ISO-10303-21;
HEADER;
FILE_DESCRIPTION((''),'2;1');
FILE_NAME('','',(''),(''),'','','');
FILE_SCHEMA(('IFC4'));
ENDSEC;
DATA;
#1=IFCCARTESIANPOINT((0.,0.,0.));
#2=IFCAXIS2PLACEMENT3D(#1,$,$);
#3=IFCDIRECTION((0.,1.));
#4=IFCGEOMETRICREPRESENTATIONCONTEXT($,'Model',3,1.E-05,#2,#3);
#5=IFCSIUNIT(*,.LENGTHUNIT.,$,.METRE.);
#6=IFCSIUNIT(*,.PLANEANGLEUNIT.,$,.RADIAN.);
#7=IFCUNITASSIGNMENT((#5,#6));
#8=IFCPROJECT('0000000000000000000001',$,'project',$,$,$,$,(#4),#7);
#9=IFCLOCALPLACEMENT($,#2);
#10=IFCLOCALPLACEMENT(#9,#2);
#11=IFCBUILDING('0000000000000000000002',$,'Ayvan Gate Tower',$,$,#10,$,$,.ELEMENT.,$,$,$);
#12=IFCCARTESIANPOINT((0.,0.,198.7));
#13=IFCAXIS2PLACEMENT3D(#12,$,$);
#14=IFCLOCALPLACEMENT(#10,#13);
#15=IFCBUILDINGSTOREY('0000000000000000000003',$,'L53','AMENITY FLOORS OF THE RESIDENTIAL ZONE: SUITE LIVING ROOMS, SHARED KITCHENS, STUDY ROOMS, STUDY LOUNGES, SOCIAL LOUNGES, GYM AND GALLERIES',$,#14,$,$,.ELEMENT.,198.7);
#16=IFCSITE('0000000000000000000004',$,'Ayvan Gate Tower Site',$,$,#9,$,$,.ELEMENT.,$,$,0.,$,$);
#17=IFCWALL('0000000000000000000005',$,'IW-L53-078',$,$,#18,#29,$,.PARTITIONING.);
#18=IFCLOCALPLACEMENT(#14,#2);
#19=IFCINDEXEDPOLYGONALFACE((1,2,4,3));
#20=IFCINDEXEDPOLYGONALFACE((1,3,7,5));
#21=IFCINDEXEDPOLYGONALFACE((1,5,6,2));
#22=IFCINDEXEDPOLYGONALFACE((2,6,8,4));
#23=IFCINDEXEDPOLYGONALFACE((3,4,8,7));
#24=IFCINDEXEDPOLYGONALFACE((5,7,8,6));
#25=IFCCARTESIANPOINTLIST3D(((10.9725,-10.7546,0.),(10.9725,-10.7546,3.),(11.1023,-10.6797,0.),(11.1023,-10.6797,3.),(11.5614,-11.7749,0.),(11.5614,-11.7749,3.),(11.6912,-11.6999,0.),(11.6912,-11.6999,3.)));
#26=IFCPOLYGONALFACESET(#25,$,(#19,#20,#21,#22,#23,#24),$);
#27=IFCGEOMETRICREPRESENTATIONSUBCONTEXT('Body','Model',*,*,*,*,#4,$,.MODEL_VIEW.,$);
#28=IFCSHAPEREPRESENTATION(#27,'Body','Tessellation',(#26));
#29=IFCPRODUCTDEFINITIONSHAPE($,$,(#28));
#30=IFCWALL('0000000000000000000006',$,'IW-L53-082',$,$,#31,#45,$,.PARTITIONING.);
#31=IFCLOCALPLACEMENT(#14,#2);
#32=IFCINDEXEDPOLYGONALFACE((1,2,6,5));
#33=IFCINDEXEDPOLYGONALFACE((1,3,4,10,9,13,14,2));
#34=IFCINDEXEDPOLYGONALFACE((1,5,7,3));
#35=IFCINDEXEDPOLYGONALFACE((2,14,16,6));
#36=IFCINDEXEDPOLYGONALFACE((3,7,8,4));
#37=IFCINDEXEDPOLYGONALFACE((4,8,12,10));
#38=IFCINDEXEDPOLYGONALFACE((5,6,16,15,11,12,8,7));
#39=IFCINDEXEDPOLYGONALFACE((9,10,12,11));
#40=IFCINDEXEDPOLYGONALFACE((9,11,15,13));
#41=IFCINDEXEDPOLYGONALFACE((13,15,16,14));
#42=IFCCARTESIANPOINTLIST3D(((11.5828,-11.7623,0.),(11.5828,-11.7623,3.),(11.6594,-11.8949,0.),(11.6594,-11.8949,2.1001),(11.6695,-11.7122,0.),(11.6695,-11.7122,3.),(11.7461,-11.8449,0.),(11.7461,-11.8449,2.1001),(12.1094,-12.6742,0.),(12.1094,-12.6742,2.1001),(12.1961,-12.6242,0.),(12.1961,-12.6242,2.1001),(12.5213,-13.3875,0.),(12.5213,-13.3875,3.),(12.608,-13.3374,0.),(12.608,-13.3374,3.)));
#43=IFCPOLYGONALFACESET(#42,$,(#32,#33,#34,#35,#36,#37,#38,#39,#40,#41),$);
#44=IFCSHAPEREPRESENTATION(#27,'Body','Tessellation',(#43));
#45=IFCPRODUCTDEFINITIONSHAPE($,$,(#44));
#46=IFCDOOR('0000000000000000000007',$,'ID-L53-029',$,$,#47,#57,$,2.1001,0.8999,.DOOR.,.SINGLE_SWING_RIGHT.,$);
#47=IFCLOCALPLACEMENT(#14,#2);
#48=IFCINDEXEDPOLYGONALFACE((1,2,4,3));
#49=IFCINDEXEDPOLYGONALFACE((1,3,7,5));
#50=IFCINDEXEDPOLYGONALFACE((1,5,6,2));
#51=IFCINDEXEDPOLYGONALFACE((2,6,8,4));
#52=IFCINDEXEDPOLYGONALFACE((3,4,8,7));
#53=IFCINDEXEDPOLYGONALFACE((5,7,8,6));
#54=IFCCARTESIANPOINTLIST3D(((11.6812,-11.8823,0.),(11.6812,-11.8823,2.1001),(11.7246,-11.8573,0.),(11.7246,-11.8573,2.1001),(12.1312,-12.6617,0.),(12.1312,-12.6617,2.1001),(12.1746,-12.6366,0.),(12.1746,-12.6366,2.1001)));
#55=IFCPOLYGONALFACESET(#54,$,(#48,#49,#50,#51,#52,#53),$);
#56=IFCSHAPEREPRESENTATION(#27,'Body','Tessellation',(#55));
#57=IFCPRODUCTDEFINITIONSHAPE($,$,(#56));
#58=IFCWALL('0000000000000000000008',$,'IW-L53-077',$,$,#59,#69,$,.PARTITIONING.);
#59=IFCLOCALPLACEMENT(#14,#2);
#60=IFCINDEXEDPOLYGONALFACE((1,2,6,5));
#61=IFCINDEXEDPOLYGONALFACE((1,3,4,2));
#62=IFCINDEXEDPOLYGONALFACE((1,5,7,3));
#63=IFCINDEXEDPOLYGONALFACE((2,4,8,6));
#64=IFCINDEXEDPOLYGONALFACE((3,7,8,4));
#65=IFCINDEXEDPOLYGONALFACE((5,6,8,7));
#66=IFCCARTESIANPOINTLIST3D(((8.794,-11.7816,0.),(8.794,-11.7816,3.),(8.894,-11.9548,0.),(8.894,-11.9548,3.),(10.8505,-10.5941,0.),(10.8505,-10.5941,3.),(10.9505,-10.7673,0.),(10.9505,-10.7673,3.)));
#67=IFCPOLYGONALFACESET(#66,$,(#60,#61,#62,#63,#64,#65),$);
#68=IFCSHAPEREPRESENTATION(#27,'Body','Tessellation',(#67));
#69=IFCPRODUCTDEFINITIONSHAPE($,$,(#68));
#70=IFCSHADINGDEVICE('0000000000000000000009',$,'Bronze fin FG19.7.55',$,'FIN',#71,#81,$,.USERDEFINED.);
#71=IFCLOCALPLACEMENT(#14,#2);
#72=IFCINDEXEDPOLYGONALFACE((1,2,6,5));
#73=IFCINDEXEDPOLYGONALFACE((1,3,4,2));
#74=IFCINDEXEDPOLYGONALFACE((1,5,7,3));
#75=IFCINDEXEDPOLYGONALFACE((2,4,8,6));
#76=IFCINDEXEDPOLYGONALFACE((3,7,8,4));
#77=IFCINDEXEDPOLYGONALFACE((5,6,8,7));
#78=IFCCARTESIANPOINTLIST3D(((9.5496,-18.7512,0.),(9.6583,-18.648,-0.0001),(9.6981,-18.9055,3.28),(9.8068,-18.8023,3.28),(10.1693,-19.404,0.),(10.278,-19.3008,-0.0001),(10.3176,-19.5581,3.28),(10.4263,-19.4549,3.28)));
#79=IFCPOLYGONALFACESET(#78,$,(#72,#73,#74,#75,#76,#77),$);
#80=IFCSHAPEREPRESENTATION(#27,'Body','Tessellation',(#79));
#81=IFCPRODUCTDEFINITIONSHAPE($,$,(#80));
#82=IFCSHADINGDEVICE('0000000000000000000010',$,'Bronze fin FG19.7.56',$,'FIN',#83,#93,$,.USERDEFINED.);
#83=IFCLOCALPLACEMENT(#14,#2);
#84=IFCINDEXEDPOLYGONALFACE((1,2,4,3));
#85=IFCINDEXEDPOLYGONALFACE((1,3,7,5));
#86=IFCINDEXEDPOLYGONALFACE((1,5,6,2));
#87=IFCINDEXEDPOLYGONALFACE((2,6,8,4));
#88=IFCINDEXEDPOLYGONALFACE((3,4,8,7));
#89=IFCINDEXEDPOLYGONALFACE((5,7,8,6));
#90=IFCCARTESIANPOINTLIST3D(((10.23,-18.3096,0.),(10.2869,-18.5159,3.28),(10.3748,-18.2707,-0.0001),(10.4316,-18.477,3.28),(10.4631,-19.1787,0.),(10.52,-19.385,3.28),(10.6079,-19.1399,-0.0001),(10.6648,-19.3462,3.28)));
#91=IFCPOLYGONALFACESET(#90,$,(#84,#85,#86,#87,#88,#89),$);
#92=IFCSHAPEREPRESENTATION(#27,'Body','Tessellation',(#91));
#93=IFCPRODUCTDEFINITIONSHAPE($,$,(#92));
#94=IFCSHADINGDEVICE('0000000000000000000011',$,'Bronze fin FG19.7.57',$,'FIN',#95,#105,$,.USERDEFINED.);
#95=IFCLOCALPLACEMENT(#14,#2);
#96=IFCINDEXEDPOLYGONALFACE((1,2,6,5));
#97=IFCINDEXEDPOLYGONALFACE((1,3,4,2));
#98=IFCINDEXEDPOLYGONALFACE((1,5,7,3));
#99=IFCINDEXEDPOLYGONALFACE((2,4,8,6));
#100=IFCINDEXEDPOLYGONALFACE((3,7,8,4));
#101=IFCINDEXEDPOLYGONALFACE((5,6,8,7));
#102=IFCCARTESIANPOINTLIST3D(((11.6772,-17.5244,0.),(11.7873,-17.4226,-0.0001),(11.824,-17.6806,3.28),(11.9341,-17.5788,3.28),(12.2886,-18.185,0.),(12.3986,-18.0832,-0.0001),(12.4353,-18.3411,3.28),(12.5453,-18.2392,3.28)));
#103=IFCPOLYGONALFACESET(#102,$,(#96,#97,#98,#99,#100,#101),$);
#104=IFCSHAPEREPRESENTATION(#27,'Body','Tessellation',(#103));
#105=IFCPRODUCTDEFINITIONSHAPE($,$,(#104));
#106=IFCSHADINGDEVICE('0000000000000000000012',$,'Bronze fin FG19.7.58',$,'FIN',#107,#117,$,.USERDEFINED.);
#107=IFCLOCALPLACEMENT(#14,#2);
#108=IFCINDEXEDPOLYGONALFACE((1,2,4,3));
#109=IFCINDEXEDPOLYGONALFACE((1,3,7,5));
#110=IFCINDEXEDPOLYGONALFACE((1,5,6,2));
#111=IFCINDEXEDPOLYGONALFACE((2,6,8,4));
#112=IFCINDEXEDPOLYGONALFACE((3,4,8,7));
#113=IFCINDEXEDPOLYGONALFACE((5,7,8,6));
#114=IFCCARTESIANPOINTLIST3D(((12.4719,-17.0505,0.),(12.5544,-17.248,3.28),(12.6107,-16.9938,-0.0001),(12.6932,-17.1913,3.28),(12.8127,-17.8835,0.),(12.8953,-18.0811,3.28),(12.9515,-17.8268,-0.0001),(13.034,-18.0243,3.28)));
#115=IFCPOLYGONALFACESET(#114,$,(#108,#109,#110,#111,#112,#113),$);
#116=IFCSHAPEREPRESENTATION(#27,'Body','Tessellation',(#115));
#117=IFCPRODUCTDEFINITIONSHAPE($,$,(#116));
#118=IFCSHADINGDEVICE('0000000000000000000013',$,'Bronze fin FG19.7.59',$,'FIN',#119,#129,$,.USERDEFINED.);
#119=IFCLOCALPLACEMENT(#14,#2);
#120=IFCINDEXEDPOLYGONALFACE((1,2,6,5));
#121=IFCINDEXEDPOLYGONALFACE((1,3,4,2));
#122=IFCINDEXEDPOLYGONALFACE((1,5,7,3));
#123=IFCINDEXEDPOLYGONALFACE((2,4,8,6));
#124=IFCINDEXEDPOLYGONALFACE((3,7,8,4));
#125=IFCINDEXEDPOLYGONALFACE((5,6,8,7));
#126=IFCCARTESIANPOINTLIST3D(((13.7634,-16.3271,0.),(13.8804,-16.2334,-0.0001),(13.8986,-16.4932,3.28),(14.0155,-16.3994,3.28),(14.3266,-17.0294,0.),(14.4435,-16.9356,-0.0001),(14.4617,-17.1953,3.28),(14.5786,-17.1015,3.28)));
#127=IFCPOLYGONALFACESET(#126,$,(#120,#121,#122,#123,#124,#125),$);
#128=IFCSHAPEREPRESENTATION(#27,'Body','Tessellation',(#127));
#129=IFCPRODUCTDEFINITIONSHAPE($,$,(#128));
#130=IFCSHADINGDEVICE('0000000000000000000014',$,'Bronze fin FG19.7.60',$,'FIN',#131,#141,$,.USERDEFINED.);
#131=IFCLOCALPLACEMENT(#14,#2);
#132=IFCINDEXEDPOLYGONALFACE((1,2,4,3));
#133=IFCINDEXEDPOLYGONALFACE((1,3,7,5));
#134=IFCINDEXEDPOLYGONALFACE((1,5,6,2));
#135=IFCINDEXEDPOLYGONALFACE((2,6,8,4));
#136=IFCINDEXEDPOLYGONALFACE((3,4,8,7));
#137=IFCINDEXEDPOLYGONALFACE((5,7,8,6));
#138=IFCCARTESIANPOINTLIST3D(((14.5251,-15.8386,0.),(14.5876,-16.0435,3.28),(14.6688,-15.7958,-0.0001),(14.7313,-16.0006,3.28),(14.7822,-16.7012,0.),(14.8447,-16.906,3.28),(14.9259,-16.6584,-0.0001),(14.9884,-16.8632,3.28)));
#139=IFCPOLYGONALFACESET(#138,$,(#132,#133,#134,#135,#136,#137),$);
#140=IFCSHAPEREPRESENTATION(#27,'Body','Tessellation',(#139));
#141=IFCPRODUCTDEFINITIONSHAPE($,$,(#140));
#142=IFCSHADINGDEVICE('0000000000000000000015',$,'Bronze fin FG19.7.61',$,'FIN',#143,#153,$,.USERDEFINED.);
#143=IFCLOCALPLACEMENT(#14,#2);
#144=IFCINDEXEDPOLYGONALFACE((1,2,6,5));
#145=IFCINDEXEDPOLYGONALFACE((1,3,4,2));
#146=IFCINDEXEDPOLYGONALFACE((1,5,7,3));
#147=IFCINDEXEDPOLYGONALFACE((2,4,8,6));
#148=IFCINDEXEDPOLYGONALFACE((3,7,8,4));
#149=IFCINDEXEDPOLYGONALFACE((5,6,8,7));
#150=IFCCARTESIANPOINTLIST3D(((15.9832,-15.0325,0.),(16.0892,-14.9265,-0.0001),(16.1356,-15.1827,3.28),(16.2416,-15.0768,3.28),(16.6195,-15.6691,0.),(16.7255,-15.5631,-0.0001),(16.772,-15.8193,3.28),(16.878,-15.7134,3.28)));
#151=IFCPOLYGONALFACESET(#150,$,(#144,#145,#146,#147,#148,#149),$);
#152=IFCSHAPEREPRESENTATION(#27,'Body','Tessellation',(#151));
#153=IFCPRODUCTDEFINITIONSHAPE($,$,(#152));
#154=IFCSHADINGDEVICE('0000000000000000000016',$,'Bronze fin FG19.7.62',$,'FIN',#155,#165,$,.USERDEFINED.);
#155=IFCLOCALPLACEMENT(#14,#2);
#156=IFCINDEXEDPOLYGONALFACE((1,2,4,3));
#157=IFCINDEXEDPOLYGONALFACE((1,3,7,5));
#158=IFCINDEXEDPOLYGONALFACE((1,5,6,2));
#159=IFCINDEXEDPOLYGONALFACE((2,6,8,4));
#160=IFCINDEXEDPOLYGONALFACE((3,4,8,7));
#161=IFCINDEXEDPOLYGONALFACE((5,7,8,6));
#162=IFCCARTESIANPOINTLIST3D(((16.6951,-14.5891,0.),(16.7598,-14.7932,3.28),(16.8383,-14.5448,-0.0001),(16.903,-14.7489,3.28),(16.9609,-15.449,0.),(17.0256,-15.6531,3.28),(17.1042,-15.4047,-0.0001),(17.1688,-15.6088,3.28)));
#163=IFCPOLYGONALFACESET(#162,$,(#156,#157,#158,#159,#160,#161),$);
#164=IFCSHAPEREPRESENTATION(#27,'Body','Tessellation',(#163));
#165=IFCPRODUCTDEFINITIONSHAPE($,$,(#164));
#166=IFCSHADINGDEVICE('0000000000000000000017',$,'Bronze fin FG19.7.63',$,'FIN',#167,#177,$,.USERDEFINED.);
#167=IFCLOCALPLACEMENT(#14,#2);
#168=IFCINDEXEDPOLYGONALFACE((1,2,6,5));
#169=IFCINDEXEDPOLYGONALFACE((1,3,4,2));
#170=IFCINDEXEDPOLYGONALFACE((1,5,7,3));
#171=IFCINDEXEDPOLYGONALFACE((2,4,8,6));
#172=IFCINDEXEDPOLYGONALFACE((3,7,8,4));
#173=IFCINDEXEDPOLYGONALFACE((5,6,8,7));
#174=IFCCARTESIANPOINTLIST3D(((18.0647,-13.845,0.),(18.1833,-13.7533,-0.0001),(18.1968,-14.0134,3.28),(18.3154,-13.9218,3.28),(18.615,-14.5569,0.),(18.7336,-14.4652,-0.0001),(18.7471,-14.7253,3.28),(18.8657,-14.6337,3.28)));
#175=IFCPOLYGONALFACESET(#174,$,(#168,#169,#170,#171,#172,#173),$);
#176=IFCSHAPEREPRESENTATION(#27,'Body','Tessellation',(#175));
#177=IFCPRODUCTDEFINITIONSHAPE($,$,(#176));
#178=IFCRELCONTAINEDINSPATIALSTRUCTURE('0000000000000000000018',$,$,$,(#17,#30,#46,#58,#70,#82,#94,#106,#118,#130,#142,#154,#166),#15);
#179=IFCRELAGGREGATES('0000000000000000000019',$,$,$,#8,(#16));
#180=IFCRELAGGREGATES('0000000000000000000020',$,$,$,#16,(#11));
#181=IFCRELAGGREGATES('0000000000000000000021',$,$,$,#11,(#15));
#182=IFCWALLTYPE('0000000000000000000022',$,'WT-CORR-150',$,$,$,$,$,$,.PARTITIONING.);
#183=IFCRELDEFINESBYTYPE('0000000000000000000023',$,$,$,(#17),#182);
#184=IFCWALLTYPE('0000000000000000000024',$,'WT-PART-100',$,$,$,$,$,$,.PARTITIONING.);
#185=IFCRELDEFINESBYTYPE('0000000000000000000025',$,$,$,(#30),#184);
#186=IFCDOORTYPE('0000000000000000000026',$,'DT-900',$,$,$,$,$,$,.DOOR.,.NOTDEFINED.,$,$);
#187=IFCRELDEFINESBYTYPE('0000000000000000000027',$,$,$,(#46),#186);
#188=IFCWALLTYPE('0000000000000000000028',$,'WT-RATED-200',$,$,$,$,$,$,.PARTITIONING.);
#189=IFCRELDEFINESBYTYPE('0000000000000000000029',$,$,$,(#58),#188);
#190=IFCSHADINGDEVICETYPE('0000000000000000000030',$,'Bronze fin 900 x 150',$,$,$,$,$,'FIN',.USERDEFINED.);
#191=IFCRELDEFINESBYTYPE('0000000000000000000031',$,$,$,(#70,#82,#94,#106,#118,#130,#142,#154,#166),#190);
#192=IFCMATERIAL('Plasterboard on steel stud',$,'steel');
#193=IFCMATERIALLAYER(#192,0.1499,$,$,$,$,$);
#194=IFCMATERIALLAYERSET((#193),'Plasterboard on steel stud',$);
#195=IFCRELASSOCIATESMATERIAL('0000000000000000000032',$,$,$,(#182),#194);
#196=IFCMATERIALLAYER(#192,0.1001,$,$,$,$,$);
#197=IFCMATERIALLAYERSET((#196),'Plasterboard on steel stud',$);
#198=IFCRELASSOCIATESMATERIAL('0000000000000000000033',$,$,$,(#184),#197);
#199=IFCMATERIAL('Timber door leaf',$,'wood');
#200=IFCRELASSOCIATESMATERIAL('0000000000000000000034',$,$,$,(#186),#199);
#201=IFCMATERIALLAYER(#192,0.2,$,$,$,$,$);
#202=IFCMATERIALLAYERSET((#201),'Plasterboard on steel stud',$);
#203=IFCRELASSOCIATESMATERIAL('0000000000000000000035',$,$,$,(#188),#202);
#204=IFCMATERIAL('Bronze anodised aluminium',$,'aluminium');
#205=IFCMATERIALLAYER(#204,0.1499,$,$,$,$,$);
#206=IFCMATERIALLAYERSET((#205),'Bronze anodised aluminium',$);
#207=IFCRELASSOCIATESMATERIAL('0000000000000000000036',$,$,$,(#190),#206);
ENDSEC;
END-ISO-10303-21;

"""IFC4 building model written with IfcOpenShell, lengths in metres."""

from ifc_helpers import new_model, si_unit, direction, frame, frame_2d, origin, place, context, subcontext, project, spatial, polyline, rectangle, outline, extrude, material, layer, layer_set, type_object, element, fill, save


model = new_model("IFC4")

# Units and contexts
model_context = context("Model", 3, precision=1e-05, world=origin(), true_north=direction((0.0, 1.0)))
body_context = subcontext(model_context, "Body", "Model", "MODEL_VIEW")
ifc_project = project(units=[si_unit("LENGTHUNIT", "METRE"), si_unit("PLANEANGLEUNIT", "RADIAN")], contexts=[model_context])

# Site, building, storey
site_placement = place(None, origin())
site = spatial("IfcSite", under=ifc_project, at=site_placement, Name="Ayvan Gate Tower Site", CompositionType="ELEMENT", RefElevation=0.0)
building_placement = place(site_placement, origin())
building = spatial("IfcBuilding", under=site, at=building_placement, Name="Ayvan Gate Tower", CompositionType="ELEMENT")
storey_placement = place(building_placement, frame((0.0, 0.0, 198.7)))
storey = spatial("IfcBuildingStorey", under=building, at=storey_placement, Name="L53", Description="AMENITY FLOORS OF THE RESIDENTIAL ZONE: SUITE LIVING ROOMS, SHARED KITCHENS, STUDY ROOMS, STUDY LOUNGES, SOCIAL LOUNGES, GYM AND GALLERIES", CompositionType="ELEMENT", Elevation=198.7)

# Shared definitions
ifc_material_1 = material(Name="Bronze anodised aluminium", Category="aluminium")

# Wall
ifc_material_2 = material(Name="Plasterboard on steel stud", Category="steel")
ifc_layer_1 = layer(ifc_material_2, 0.1499)
ifc_layer_set_1 = layer_set([ifc_layer_1], Name="Plasterboard on steel stud")
wall_type_1 = type_object("IfcWallType", Name="WT-CORR-150", PredefinedType="PARTITIONING", material=ifc_layer_set_1)
wall_1_placement = place(storey_placement, frame((11.6262, -11.7373, 0.0), z_axis=(0.0, 0.0, 1.0), x_axis=(-0.499884, 0.866092, 0.0)))
element("IfcWall", 1, at=wall_1_placement, inside=storey, type_object=wall_type_1, Name="IW-L53-078", PredefinedType="PARTITIONING", context=body_context, shape_type="SweptSolid", body=[
    extrude(rectangle(XDim=1.178, YDim=0.1499, at=frame_2d((0.5889, 0.0))), origin(), (0.0, 0.0, 1.0), 3.0),
])

# Wall, opening, door
ifc_layer_2 = layer(ifc_material_2, 0.1001)
ifc_layer_set_2 = layer_set([ifc_layer_2], Name="Plasterboard on steel stud")
wall_type_2 = type_object("IfcWallType", Name="WT-PART-100", PredefinedType="PARTITIONING", material=ifc_layer_set_2)
wall_2_placement = place(storey_placement, frame((12.5647, -13.3625, 0.0), z_axis=(0.0, 0.0, 1.0), x_axis=(-0.500057, 0.865993, 0.0)))
wall_2 = element("IfcWall", 2, at=wall_2_placement, inside=storey, type_object=wall_type_2, Name="IW-L53-082", PredefinedType="PARTITIONING", context=body_context, shape_type="SweptSolid", body=[
    extrude(rectangle(XDim=1.8767, YDim=0.1001, at=frame_2d((0.9385, 0.0))), origin(), (0.0, 0.0, 1.0), 3.0),
])
opening_placement = place(wall_2_placement, frame((0.8237, 0.0, 0.0)))
opening = element("IfcOpeningElement", 3, at=opening_placement, cuts=wall_2, PredefinedType="OPENING", context=body_context, shape_type="SweptSolid", body=[
    extrude(rectangle(XDim=0.8999, YDim=2.1001, at=frame_2d((0.45, 1.05))), frame((0.0, 0.0601, 0.0), z_axis=(0.0, -1.0, 0.0), x_axis=(1.0, 0.0, 0.0)), (0.0, 0.0, 1.0), 0.1201),
])
ifc_material_3 = material(Name="Timber door leaf", Category="wood")
door_type = type_object("IfcDoorType", Name="DT-900", OperationType="NOTDEFINED", PredefinedType="DOOR", material=ifc_material_3)
door_placement = place(opening_placement, origin())
door = element("IfcDoor", 4, at=door_placement, inside=storey, type_object=door_type, Name="ID-L53-029", OperationType="SINGLE_SWING_RIGHT", OverallHeight=2.1001, OverallWidth=0.8999, PredefinedType="DOOR", context=body_context, shape_type="SweptSolid", body=[
    extrude(rectangle(XDim=0.8999, YDim=2.1001, at=frame_2d((0.45, 1.05))), frame((0.0, 0.0249, 0.0), z_axis=(0.0, -1.0, 0.0), x_axis=(1.0, 0.0, 0.0)), (0.0, 0.0, 1.0), 0.05),
])
fill(opening, door)

# Wall
ifc_layer_3 = layer(ifc_material_2, 0.2)
ifc_layer_set_3 = layer_set([ifc_layer_3], Name="Plasterboard on steel stud")
wall_type_3 = type_object("IfcWallType", Name="WT-RATED-200", PredefinedType="PARTITIONING", material=ifc_layer_set_3)
wall_3_placement = place(storey_placement, frame((10.9006, -10.6807, 0.0), z_axis=(0.0, 0.0, 1.0), x_axis=(-0.866008, -0.500031, 0.0)))
element("IfcWall", 5, at=wall_3_placement, inside=storey, type_object=wall_type_3, Name="IW-L53-077", PredefinedType="PARTITIONING", context=body_context, shape_type="SweptSolid", body=[
    extrude(rectangle(XDim=2.3748, YDim=0.2, at=frame_2d((1.1875, 0.0))), origin(), (0.0, 0.0, 1.0), 3.0),
])

# Shading devices
ifc_layer_4 = layer(ifc_material_1, 0.1499)
ifc_layer_set_4 = layer_set([ifc_layer_4], Name="Bronze anodised aluminium")
shading_device_type = type_object("IfcShadingDeviceType", Name="Bronze fin 900 x 150", ElementType="FIN", PredefinedType="USERDEFINED", material=ifc_layer_set_4)
shading_device_1_placement = place(storey_placement, frame((9.5496, -18.7512, 0.0), z_axis=(-0.725247, -0.688489, 0.000459), x_axis=(0.688489, -0.725247, 0.0)))
element("IfcShadingDevice", 6, at=shading_device_1_placement, inside=storey, type_object=shading_device_type, Name="Bronze fin FG19.7.55", ObjectType="FIN", PredefinedType="USERDEFINED", context=body_context, shape_type="SweptSolid", body=[
    extrude(outline(polyline([(0.0, 0.0), (0.9001, 0.0), (1.114, 3.28), (0.2141, 3.28), (0.0, 0.0)])), origin(), (0.0, 0.0, -1.0), 0.1499),
])
shading_device_2_placement = place(storey_placement, frame((10.23, -18.3096, 0.0), z_axis=(-0.965851, -0.259098, 0.000454), x_axis=(0.259098, -0.965851, 0.0)))
element("IfcShadingDevice", 7, at=shading_device_2_placement, inside=storey, type_object=shading_device_type, Name="Bronze fin FG19.7.56", ObjectType="FIN", PredefinedType="USERDEFINED", context=body_context, shape_type="SweptSolid", body=[
    extrude(outline(polyline([(0.0, 0.0), (0.8999, 0.0), (1.1139, 3.28), (0.214, 3.28), (0.0, 0.0)])), origin(), (0.0, 0.0, -1.0), 0.1499),
])
shading_device_3_placement = place(storey_placement, frame((11.6772, -17.5244, 0.0), z_axis=(-0.733908, -0.679248, 0.000499), x_axis=(0.679248, -0.733908, 0.0)))
element("IfcShadingDevice", 8, at=shading_device_3_placement, inside=storey, type_object=shading_device_type, Name="Bronze fin FG19.7.57", ObjectType="FIN", PredefinedType="USERDEFINED", context=body_context, shape_type="SweptSolid", body=[
    extrude(outline(polyline([(0.0, 0.0), (0.9001, 0.0), (1.1143, 3.28), (0.2143, 3.28), (0.0, 0.0)])), origin(), (0.0, 0.0, -1.0), 0.1499),
])
shading_device_4_placement = place(storey_placement, frame((12.4719, -17.0505, 0.0), z_axis=(-0.92553, -0.378675, 0.000482), x_axis=(0.378675, -0.92553, 0.0)))
element("IfcShadingDevice", 9, at=shading_device_4_placement, inside=storey, type_object=shading_device_type, Name="Bronze fin FG19.7.58", ObjectType="FIN", PredefinedType="USERDEFINED", context=body_context, shape_type="SweptSolid", body=[
    extrude(outline(polyline([(0.0, 0.0), (0.9, 0.0), (1.1141, 3.28), (0.214, 3.28), (0.0, 0.0)])), origin(), (0.0, 0.0, -1.0), 0.1499),
])
shading_device_5_placement = place(storey_placement, frame((13.7634, -16.3271, 0.0), z_axis=(-0.780114, -0.625637, 0.000473), x_axis=(0.625637, -0.780114, 0.0)))
element("IfcShadingDevice", 10, at=shading_device_5_placement, inside=storey, type_object=shading_device_type, Name="Bronze fin FG19.7.59", ObjectType="FIN", PredefinedType="USERDEFINED", context=body_context, shape_type="SweptSolid", body=[
    extrude(outline(polyline([(0.0, 0.0), (0.9001, 0.0), (1.1141, 3.28), (0.2141, 3.28), (0.0, 0.0)])), origin(), (0.0, 0.0, -1.0), 0.1499),
])
shading_device_6_placement = place(storey_placement, frame((14.5251, -15.8386, 0.0), z_axis=(-0.95834, -0.28563, 0.000424), x_axis=(0.28563, -0.95834, 0.0)))
element("IfcShadingDevice", 11, at=shading_device_6_placement, inside=storey, type_object=shading_device_type, Name="Bronze fin FG19.7.60", ObjectType="FIN", PredefinedType="USERDEFINED", context=body_context, shape_type="SweptSolid", body=[
    extrude(outline(polyline([(0.0, 0.0), (0.9, 0.0), (1.1142, 3.28), (0.2142, 3.28), (0.0, 0.0)])), origin(), (0.0, 0.0, -1.0), 0.1499),
])
shading_device_7_placement = place(storey_placement, frame((15.9832, -15.0325, 0.0), z_axis=(-0.707242, -0.706971, 0.000486), x_axis=(0.706971, -0.707242, 0.0)))
element("IfcShadingDevice", 12, at=shading_device_7_placement, inside=storey, type_object=shading_device_type, Name="Bronze fin FG19.7.61", ObjectType="FIN", PredefinedType="USERDEFINED", context=body_context, shape_type="SweptSolid", body=[
    extrude(outline(polyline([(0.0, 0.0), (0.9001, 0.0), (1.1142, 3.28), (0.2141, 3.28), (0.0, 0.0)])), origin(), (0.0, 0.0, -1.0), 0.1499),
])
shading_device_8_placement = place(storey_placement, frame((16.6951, -14.5891, 0.0), z_axis=(-0.955373, -0.295401, 0.000463), x_axis=(0.295401, -0.955373, 0.0)))
element("IfcShadingDevice", 13, at=shading_device_8_placement, inside=storey, type_object=shading_device_type, Name="Bronze fin FG19.7.62", ObjectType="FIN", PredefinedType="USERDEFINED", context=body_context, shape_type="SweptSolid", body=[
    extrude(outline(polyline([(0.0, 0.0), (0.9, 0.0), (1.1141, 3.28), (0.2141, 3.28), (0.0, 0.0)])), origin(), (0.0, 0.0, -1.0), 0.1499),
])
shading_device_9_placement = place(storey_placement, frame((18.0647, -13.845, 0.0), z_axis=(-0.791189, -0.611571, 0.00045), x_axis=(0.611571, -0.79119, 0.0)))
element("IfcShadingDevice", 14, at=shading_device_9_placement, inside=storey, type_object=shading_device_type, Name="Bronze fin FG19.7.63", ObjectType="FIN", PredefinedType="USERDEFINED", context=body_context, shape_type="SweptSolid", body=[
    extrude(outline(polyline([(0.0, 0.0), (0.8998, 0.0), (1.1139, 3.28), (0.2141, 3.28), (0.0, 0.0)])), origin(), (0.0, 0.0, -1.0), 0.1499),
])

save(model, "model.ifc")
